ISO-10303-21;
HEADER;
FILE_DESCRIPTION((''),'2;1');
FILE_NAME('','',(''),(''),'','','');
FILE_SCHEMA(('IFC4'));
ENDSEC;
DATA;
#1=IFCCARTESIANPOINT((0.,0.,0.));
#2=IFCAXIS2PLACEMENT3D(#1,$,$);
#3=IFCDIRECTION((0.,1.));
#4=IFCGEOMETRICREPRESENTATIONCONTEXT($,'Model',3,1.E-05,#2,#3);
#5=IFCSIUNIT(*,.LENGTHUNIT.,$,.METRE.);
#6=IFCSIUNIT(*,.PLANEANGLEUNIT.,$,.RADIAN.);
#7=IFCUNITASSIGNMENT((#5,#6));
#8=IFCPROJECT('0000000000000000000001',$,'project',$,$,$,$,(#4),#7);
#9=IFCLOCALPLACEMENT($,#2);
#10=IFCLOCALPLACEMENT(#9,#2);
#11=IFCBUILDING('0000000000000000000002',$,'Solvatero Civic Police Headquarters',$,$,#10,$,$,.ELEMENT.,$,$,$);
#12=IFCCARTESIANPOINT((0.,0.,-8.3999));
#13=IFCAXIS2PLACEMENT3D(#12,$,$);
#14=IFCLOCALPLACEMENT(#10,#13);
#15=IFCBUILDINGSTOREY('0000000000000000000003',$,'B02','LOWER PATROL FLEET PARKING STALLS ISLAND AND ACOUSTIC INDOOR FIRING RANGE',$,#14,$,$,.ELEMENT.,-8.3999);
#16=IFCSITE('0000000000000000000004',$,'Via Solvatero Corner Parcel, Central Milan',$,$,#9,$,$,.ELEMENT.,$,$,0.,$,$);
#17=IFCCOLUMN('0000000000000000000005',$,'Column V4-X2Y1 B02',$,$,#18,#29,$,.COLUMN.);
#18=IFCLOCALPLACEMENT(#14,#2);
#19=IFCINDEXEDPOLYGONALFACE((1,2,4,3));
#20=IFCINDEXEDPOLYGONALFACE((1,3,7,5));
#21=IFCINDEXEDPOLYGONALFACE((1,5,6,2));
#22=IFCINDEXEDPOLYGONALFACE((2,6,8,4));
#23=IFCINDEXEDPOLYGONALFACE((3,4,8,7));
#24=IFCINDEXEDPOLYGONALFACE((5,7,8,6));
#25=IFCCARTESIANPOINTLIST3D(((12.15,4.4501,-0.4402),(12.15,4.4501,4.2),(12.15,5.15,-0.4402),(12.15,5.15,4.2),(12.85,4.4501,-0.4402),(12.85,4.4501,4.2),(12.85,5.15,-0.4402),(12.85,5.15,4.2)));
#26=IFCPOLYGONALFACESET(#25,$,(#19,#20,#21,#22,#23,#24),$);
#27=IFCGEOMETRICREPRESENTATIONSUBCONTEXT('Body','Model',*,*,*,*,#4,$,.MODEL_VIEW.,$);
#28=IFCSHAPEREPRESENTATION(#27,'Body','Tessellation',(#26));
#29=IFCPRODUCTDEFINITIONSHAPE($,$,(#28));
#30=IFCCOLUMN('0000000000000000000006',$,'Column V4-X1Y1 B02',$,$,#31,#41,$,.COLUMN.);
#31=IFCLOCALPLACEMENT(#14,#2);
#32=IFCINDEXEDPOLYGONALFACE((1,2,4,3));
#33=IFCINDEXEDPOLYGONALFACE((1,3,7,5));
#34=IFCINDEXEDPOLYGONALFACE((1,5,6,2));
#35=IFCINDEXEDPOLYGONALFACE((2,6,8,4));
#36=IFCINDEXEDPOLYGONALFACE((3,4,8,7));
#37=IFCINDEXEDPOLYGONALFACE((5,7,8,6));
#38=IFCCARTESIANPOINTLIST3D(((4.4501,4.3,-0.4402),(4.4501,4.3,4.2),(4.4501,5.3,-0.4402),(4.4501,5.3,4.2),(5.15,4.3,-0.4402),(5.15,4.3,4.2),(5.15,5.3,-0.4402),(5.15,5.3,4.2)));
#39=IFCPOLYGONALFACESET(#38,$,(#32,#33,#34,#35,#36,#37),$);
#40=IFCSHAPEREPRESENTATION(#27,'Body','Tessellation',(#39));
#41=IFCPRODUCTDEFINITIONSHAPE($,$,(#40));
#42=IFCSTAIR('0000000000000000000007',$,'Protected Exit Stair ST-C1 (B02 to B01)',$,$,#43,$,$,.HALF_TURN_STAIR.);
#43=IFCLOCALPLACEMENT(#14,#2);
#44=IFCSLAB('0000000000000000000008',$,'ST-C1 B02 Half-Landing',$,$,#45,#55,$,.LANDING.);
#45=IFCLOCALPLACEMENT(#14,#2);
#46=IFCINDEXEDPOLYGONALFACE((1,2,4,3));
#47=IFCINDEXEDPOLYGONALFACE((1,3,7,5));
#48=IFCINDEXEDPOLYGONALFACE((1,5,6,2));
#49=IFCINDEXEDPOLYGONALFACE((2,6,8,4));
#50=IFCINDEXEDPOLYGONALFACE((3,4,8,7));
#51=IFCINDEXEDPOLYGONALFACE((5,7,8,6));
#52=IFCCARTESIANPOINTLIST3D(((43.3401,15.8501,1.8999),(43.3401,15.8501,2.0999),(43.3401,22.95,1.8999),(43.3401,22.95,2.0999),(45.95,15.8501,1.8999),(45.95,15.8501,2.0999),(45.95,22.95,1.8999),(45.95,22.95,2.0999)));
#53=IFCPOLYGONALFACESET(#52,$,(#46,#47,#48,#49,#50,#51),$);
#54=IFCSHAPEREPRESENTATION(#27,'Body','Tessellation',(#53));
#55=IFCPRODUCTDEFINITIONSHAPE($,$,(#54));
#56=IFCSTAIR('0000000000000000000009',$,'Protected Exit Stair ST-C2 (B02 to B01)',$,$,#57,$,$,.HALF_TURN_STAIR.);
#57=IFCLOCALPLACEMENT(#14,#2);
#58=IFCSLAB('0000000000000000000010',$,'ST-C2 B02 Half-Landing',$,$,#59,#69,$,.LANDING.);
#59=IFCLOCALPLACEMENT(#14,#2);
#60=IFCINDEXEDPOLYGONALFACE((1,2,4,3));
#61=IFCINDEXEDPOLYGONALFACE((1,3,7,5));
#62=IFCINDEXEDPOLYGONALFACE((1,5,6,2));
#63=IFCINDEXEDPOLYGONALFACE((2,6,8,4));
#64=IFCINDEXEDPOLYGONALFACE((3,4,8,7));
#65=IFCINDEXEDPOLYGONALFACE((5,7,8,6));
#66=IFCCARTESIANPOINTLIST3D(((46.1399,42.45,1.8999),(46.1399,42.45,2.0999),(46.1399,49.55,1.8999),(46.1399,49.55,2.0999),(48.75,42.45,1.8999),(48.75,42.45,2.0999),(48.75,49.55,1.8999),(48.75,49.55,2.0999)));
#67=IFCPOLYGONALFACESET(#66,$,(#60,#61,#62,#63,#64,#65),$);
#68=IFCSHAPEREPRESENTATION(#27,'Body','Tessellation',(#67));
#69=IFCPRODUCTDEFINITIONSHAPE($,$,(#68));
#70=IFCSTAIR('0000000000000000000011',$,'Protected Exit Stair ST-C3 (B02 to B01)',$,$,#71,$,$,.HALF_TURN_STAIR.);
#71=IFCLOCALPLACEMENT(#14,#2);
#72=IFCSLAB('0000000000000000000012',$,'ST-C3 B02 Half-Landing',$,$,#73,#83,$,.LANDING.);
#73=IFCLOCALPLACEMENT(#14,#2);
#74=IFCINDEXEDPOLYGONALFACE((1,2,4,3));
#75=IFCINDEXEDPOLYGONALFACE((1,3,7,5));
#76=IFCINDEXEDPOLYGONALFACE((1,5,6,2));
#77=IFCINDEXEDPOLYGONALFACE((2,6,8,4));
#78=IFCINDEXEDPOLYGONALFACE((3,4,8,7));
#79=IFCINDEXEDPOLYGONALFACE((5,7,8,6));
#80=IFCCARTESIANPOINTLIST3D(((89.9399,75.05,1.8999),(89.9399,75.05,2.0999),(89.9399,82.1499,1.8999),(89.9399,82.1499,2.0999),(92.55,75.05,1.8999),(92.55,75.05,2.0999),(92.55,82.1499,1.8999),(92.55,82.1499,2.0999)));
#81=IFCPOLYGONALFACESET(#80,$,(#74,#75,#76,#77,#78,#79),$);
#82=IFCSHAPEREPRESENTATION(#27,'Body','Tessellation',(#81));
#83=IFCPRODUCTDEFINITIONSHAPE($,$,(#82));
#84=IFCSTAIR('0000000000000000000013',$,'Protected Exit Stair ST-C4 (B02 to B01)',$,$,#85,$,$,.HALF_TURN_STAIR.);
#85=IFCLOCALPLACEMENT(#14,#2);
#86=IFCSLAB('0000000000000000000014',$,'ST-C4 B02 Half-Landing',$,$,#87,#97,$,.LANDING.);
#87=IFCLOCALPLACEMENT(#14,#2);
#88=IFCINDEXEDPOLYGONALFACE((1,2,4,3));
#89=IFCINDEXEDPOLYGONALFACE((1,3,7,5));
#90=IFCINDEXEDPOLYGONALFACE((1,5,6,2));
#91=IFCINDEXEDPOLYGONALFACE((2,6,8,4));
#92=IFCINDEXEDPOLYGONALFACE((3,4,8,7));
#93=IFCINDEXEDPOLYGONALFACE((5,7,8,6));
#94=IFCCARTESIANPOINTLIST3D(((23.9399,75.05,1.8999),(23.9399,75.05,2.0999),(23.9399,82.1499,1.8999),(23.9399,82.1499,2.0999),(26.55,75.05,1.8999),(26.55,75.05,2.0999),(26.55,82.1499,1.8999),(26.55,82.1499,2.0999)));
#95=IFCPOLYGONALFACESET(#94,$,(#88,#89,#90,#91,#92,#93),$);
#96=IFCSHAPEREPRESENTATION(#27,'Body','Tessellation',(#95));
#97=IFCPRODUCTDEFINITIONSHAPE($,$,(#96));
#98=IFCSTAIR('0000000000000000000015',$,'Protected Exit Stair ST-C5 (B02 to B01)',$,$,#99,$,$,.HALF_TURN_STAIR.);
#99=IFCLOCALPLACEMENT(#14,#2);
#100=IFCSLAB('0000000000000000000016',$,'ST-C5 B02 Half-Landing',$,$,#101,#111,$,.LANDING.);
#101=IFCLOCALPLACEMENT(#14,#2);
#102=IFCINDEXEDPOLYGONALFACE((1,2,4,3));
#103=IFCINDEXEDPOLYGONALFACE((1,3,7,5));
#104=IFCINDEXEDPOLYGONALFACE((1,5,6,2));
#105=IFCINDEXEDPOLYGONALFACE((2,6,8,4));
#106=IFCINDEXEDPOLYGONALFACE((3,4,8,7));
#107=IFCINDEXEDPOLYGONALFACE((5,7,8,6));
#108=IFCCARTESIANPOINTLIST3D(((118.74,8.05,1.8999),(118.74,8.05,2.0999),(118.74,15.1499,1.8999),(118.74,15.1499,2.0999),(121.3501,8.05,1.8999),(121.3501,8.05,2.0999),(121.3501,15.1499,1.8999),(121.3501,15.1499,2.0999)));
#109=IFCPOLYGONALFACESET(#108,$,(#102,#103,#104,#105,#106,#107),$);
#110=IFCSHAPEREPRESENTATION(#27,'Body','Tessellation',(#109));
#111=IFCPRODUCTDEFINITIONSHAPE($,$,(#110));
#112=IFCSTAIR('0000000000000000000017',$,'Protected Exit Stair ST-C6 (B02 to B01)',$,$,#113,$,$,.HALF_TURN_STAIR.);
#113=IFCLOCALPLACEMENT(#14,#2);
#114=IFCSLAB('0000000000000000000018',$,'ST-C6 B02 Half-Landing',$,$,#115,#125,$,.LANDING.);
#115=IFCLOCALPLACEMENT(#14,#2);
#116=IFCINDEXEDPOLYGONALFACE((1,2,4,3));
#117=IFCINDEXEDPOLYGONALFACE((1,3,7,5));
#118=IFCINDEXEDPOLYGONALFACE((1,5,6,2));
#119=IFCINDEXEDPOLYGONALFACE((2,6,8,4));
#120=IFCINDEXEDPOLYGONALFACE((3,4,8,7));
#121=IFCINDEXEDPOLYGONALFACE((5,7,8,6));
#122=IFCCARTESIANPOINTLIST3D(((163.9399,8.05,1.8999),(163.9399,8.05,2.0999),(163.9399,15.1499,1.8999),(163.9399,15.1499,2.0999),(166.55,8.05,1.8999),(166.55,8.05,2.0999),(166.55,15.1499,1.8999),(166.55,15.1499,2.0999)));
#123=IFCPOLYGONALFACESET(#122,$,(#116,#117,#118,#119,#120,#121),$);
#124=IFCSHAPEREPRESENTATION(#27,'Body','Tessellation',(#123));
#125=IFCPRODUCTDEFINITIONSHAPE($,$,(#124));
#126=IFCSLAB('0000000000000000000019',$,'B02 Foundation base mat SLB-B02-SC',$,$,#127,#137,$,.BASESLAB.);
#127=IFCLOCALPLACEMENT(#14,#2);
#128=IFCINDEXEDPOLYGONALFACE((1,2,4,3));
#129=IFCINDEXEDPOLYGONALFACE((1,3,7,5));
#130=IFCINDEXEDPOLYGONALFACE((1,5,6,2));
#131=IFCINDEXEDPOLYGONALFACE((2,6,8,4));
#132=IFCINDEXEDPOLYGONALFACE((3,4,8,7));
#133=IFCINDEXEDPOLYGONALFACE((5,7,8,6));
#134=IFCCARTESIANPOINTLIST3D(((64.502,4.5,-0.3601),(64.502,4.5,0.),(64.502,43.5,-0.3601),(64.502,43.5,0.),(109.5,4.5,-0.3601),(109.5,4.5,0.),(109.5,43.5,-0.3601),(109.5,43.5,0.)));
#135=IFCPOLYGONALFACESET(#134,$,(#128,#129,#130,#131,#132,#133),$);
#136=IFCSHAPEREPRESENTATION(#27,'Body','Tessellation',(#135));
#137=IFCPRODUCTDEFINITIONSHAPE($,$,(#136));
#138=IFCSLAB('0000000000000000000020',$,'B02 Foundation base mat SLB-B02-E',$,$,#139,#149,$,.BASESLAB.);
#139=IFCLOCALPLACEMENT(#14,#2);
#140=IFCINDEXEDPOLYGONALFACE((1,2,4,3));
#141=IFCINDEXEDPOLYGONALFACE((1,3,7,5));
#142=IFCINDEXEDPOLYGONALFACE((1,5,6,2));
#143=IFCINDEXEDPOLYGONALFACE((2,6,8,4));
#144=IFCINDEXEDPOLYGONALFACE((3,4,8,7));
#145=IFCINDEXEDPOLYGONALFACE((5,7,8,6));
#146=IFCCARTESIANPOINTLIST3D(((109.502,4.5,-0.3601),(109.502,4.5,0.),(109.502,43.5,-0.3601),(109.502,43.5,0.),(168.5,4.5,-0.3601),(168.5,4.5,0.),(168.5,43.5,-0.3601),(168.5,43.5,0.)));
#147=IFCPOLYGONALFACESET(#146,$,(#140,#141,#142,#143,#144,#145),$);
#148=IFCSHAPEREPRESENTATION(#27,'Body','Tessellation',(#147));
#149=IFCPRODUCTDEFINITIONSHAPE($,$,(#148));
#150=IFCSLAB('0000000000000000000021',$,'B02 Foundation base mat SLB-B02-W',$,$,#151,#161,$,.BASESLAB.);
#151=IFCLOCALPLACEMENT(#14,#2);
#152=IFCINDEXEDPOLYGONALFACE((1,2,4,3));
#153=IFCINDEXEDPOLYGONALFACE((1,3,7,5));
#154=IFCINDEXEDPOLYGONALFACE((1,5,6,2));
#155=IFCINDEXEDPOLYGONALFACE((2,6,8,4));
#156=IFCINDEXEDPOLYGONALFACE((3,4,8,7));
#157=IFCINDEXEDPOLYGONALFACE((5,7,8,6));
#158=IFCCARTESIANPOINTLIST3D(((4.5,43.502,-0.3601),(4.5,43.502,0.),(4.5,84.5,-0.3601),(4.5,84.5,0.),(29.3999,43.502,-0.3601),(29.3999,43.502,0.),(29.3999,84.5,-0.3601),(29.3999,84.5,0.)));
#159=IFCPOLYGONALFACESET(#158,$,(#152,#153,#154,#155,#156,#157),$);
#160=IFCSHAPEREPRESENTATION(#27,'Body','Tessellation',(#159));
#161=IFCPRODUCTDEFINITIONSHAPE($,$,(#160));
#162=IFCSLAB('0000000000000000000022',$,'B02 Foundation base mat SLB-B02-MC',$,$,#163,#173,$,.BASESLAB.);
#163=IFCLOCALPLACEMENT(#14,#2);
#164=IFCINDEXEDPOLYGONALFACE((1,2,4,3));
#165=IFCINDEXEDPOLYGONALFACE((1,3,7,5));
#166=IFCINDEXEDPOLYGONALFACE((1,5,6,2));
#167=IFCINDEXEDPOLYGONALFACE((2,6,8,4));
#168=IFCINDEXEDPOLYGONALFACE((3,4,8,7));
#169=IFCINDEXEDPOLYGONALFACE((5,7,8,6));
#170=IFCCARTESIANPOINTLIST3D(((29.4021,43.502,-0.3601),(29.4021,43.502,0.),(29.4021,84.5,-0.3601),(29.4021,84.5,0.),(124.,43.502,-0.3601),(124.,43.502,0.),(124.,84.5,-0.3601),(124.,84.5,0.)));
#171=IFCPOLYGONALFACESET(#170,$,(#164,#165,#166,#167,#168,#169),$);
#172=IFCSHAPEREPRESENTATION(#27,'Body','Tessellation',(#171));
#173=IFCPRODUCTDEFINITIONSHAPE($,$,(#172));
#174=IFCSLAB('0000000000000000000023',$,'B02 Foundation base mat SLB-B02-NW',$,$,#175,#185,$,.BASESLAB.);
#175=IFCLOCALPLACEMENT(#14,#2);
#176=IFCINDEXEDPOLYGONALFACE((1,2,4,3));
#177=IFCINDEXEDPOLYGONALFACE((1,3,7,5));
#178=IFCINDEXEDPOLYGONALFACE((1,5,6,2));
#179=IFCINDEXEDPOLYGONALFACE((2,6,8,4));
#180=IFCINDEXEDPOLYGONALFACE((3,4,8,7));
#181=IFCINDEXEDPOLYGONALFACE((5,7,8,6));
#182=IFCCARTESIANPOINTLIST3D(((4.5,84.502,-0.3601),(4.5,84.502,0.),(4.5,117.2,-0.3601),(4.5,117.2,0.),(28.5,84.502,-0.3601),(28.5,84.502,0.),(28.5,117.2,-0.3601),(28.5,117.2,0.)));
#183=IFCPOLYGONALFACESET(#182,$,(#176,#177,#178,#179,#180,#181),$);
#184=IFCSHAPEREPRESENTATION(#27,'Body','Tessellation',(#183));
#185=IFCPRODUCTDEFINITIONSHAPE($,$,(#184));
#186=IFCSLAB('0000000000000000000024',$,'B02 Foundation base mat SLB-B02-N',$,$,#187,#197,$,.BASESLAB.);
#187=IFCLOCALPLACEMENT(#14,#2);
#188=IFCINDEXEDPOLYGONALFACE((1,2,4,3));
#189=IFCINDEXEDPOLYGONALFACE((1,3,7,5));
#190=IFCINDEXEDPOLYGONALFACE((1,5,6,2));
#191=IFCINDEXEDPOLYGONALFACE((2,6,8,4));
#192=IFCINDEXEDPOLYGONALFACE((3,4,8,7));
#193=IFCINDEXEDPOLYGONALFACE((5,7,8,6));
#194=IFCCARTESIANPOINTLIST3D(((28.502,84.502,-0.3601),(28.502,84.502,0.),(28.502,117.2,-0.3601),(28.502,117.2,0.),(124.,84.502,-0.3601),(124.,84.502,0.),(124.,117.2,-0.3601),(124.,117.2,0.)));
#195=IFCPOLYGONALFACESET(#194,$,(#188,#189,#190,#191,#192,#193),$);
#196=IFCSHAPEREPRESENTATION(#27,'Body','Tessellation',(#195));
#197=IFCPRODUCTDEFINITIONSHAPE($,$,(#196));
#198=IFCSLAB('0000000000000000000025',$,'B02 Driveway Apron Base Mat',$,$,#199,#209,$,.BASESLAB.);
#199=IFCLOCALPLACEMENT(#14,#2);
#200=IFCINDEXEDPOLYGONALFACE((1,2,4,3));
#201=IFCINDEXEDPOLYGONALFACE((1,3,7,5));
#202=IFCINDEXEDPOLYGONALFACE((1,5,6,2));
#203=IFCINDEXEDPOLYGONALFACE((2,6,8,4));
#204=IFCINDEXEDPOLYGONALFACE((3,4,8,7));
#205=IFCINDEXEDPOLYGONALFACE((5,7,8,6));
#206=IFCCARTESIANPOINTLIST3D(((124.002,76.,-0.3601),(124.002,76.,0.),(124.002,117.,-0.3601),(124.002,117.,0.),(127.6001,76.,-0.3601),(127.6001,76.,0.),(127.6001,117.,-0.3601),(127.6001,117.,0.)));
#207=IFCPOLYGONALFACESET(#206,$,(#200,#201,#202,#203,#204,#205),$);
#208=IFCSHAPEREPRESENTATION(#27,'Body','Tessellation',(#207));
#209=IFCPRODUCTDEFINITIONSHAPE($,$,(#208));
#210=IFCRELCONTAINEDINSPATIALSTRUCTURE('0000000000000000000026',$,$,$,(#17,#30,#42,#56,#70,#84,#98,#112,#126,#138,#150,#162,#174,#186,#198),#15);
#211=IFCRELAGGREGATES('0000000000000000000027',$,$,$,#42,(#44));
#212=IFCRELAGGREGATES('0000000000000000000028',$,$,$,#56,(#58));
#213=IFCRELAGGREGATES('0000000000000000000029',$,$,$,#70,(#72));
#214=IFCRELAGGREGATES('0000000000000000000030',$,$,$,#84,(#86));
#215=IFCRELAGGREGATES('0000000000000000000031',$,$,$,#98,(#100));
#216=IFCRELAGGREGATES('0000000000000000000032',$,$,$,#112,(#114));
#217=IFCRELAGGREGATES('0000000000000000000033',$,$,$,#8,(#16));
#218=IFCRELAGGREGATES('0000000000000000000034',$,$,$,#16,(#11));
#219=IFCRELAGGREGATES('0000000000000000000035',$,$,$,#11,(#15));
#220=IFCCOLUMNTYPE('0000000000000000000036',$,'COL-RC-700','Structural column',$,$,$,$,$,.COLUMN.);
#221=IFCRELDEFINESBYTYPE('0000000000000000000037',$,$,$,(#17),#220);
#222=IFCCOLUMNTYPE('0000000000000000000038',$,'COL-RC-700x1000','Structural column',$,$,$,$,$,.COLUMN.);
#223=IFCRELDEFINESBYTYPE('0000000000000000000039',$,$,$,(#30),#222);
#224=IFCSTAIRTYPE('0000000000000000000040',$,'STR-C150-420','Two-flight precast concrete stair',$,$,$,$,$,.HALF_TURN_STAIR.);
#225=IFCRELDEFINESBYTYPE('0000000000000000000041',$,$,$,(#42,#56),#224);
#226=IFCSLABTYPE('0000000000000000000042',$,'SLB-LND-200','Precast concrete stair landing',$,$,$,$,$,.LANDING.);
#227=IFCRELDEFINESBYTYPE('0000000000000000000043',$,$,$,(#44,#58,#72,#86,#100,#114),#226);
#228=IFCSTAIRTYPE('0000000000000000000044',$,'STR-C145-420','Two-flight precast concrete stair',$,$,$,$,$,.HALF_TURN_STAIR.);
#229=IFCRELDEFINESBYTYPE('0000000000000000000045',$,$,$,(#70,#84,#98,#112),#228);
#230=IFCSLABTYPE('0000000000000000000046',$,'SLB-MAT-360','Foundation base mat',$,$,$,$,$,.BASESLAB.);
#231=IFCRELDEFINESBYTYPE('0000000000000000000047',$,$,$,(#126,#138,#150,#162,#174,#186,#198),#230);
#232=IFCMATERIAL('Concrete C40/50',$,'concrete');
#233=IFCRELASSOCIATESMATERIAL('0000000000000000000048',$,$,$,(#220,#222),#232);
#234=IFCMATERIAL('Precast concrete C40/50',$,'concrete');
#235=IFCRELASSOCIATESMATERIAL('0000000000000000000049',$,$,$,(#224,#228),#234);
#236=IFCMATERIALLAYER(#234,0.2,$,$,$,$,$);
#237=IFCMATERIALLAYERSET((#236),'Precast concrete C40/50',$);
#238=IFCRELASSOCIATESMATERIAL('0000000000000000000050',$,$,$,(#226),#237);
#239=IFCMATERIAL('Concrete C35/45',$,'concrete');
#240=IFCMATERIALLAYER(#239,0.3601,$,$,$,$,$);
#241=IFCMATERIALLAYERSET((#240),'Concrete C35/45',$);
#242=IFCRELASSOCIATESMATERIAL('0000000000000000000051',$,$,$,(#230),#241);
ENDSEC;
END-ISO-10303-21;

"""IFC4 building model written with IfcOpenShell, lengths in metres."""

from ifc_helpers import new_model, si_unit, direction, frame, origin, origin_2d, place, context, subcontext, project, spatial, polyline, rectangle, outline, extrude, material, layer, layer_set, material_profile, profile_set, type_object, element, aggregate, save


model = new_model("IFC4")

# Units and contexts
model_context = context("Model", 3, precision=1e-05, world=origin(), true_north=direction((0.0, 1.0)))
body_context = subcontext(model_context, "Body", "Model", "MODEL_VIEW")
ifc_project = project(units=[si_unit("LENGTHUNIT", "METRE"), si_unit("PLANEANGLEUNIT", "RADIAN")], contexts=[model_context])

# Site, building, storey
site_placement = place(None, origin())
site = spatial("IfcSite", under=ifc_project, at=site_placement, Name="Via Solvatero Corner Parcel, Central Milan", CompositionType="ELEMENT", RefElevation=0.0)
building_placement = place(site_placement, origin())
building = spatial("IfcBuilding", under=site, at=building_placement, Name="Solvatero Civic Police Headquarters", CompositionType="ELEMENT")
storey_placement = place(building_placement, frame((0.0, 0.0, -8.3999)))
storey = spatial("IfcBuildingStorey", under=building, at=storey_placement, Name="B02", Description="LOWER PATROL FLEET PARKING STALLS ISLAND AND ACOUSTIC INDOOR FIRING RANGE", CompositionType="ELEMENT", Elevation=-8.3999)

# Shared definitions
ifc_material_1 = material(Name="Concrete C35/45", Category="concrete")

# Columns
ifc_material_2 = material(Name="Concrete C40/50", Category="concrete")
ifc_material_profile_1 = material_profile(ifc_material_2, rectangle(XDim=0.7, YDim=0.7, at=origin_2d()), Name="RC 700x700")
ifc_profile_set_1 = profile_set([ifc_material_profile_1], Name="Concrete C40/50")
column_type_1 = type_object("IfcColumnType", Name="COL-RC-700", Description="Structural column", PredefinedType="COLUMN", material=ifc_profile_set_1)
column_1_placement = place(storey_placement, frame((12.5, 4.8, -0.4402), z_axis=(0.0, 0.0, 1.0), x_axis=(1.0, 0.0, 0.0)))
element("IfcColumn", 1, at=column_1_placement, inside=storey, type_object=column_type_1, Name="Column V4-X2Y1 B02", PredefinedType="COLUMN", context=body_context, shape_type="SweptSolid", body=[
    extrude(rectangle(XDim=0.7, YDim=0.7, at=origin_2d()), origin(), (0.0, 0.0, 1.0), 4.6401),
])
ifc_material_profile_2 = material_profile(ifc_material_2, rectangle(XDim=0.7, YDim=1.0, at=origin_2d()), Name="RC 700x1000")
ifc_profile_set_2 = profile_set([ifc_material_profile_2], Name="Concrete C40/50")
column_type_2 = type_object("IfcColumnType", Name="COL-RC-700x1000", Description="Structural column", PredefinedType="COLUMN", material=ifc_profile_set_2)
column_2_placement = place(storey_placement, frame((4.8, 4.8, -0.4402), z_axis=(0.0, 0.0, 1.0), x_axis=(1.0, 0.0, 0.0)))
element("IfcColumn", 2, at=column_2_placement, inside=storey, type_object=column_type_2, Name="Column V4-X1Y1 B02", PredefinedType="COLUMN", context=body_context, shape_type="SweptSolid", body=[
    extrude(rectangle(XDim=0.7, YDim=1.0, at=origin_2d()), origin(), (0.0, 0.0, 1.0), 4.6401),
])

# Stairs, slabs
ifc_material_3 = material(Name="Precast concrete C40/50", Category="concrete")
stair_type_1 = type_object("IfcStairType", Name="STR-C150-420", Description="Two-flight precast concrete stair", PredefinedType="HALF_TURN_STAIR", material=ifc_material_3)
stair_1_placement = place(storey_placement, origin())
stair_1 = element("IfcStair", 3, at=stair_1_placement, inside=storey, type_object=stair_type_1, Name="Protected Exit Stair ST-C1 (B02 to B01)", PredefinedType="HALF_TURN_STAIR")
ifc_layer_1 = layer(ifc_material_3, 0.2)
ifc_layer_set_1 = layer_set([ifc_layer_1], Name="Precast concrete C40/50")
slab_type_1 = type_object("IfcSlabType", Name="SLB-LND-200", Description="Precast concrete stair landing", PredefinedType="LANDING", material=ifc_layer_set_1)
slab_1_placement = place(storey_placement, frame((0.0, 0.0, 1.8999)))
slab_1 = element("IfcSlab", 4, at=slab_1_placement, type_object=slab_type_1, Name="ST-C1 B02 Half-Landing", PredefinedType="LANDING", context=body_context, shape_type="SweptSolid", body=[
    extrude(outline(polyline([(43.3401, 15.8501), (45.95, 15.8501), (45.95, 22.95), (43.3401, 22.95), (43.3401, 15.8501)])), origin(), (0.0, 0.0, 1.0), 0.2),
])
aggregate(stair_1, [slab_1])
stair_2_placement = place(storey_placement, origin())
stair_2 = element("IfcStair", 5, at=stair_2_placement, inside=storey, type_object=stair_type_1, Name="Protected Exit Stair ST-C2 (B02 to B01)", PredefinedType="HALF_TURN_STAIR")
slab_2_placement = place(storey_placement, frame((0.0, 0.0, 1.8999)))
slab_2 = element("IfcSlab", 6, at=slab_2_placement, type_object=slab_type_1, Name="ST-C2 B02 Half-Landing", PredefinedType="LANDING", context=body_context, shape_type="SweptSolid", body=[
    extrude(outline(polyline([(46.1399, 42.45), (48.75, 42.45), (48.75, 49.55), (46.1399, 49.55), (46.1399, 42.45)])), origin(), (0.0, 0.0, 1.0), 0.2),
])
aggregate(stair_2, [slab_2])
stair_type_2 = type_object("IfcStairType", Name="STR-C145-420", Description="Two-flight precast concrete stair", PredefinedType="HALF_TURN_STAIR", material=ifc_material_3)
stair_3_placement = place(storey_placement, origin())
stair_3 = element("IfcStair", 7, at=stair_3_placement, inside=storey, type_object=stair_type_2, Name="Protected Exit Stair ST-C3 (B02 to B01)", PredefinedType="HALF_TURN_STAIR")
slab_3_placement = place(storey_placement, frame((0.0, 0.0, 1.8999)))
slab_3 = element("IfcSlab", 8, at=slab_3_placement, type_object=slab_type_1, Name="ST-C3 B02 Half-Landing", PredefinedType="LANDING", context=body_context, shape_type="SweptSolid", body=[
    extrude(outline(polyline([(89.9399, 75.05), (92.55, 75.05), (92.55, 82.1499), (89.9399, 82.1499), (89.9399, 75.05)])), origin(), (0.0, 0.0, 1.0), 0.2),
])
aggregate(stair_3, [slab_3])
stair_4_placement = place(storey_placement, origin())
stair_4 = element("IfcStair", 9, at=stair_4_placement, inside=storey, type_object=stair_type_2, Name="Protected Exit Stair ST-C4 (B02 to B01)", PredefinedType="HALF_TURN_STAIR")
slab_4_placement = place(storey_placement, frame((0.0, 0.0, 1.8999)))
slab_4 = element("IfcSlab", 10, at=slab_4_placement, type_object=slab_type_1, Name="ST-C4 B02 Half-Landing", PredefinedType="LANDING", context=body_context, shape_type="SweptSolid", body=[
    extrude(outline(polyline([(23.9399, 75.05), (26.55, 75.05), (26.55, 82.1499), (23.9399, 82.1499), (23.9399, 75.05)])), origin(), (0.0, 0.0, 1.0), 0.2),
])
aggregate(stair_4, [slab_4])
stair_5_placement = place(storey_placement, origin())
stair_5 = element("IfcStair", 11, at=stair_5_placement, inside=storey, type_object=stair_type_2, Name="Protected Exit Stair ST-C5 (B02 to B01)", PredefinedType="HALF_TURN_STAIR")
slab_5_placement = place(storey_placement, frame((0.0, 0.0, 1.8999)))
slab_5 = element("IfcSlab", 12, at=slab_5_placement, type_object=slab_type_1, Name="ST-C5 B02 Half-Landing", PredefinedType="LANDING", context=body_context, shape_type="SweptSolid", body=[
    extrude(outline(polyline([(118.74, 8.05), (121.3501, 8.05), (121.3501, 15.1499), (118.74, 15.1499), (118.74, 8.05)])), origin(), (0.0, 0.0, 1.0), 0.2),
])
aggregate(stair_5, [slab_5])
stair_6_placement = place(storey_placement, origin())
stair_6 = element("IfcStair", 13, at=stair_6_placement, inside=storey, type_object=stair_type_2, Name="Protected Exit Stair ST-C6 (B02 to B01)", PredefinedType="HALF_TURN_STAIR")
slab_6_placement = place(storey_placement, frame((0.0, 0.0, 1.8999)))
slab_6 = element("IfcSlab", 14, at=slab_6_placement, type_object=slab_type_1, Name="ST-C6 B02 Half-Landing", PredefinedType="LANDING", context=body_context, shape_type="SweptSolid", body=[
    extrude(outline(polyline([(163.9399, 8.05), (166.55, 8.05), (166.55, 15.1499), (163.9399, 15.1499), (163.9399, 8.05)])), origin(), (0.0, 0.0, 1.0), 0.2),
])
aggregate(stair_6, [slab_6])

# Slabs
ifc_layer_2 = layer(ifc_material_1, 0.3601)
ifc_layer_set_2 = layer_set([ifc_layer_2], Name="Concrete C35/45")
slab_type_2 = type_object("IfcSlabType", Name="SLB-MAT-360", Description="Foundation base mat", PredefinedType="BASESLAB", material=ifc_layer_set_2)
slab_7_placement = place(storey_placement, frame((0.0, 0.0, -0.3601)))
element("IfcSlab", 15, at=slab_7_placement, inside=storey, type_object=slab_type_2, Name="B02 Foundation base mat SLB-B02-SC", PredefinedType="BASESLAB", context=body_context, shape_type="SweptSolid", body=[
    extrude(outline(polyline([(109.5, 43.5), (109.5, 4.5), (64.502, 4.5), (64.502, 43.5), (109.5, 43.5)])), origin(), (0.0, 0.0, 1.0), 0.3601),
])
slab_8_placement = place(storey_placement, frame((0.0, 0.0, -0.3601)))
element("IfcSlab", 16, at=slab_8_placement, inside=storey, type_object=slab_type_2, Name="B02 Foundation base mat SLB-B02-E", PredefinedType="BASESLAB", context=body_context, shape_type="SweptSolid", body=[
    extrude(outline(polyline([(168.5, 43.5), (168.5, 4.5), (109.502, 4.5), (109.502, 43.5), (168.5, 43.5)])), origin(), (0.0, 0.0, 1.0), 0.3601),
])
slab_9_placement = place(storey_placement, frame((0.0, 0.0, -0.3601)))
element("IfcSlab", 17, at=slab_9_placement, inside=storey, type_object=slab_type_2, Name="B02 Foundation base mat SLB-B02-W", PredefinedType="BASESLAB", context=body_context, shape_type="SweptSolid", body=[
    extrude(outline(polyline([(4.5, 84.5), (29.3999, 84.5), (29.3999, 43.502), (4.5, 43.502), (4.5, 84.5)])), origin(), (0.0, 0.0, 1.0), 0.3601),
])
slab_10_placement = place(storey_placement, frame((0.0, 0.0, -0.3601)))
element("IfcSlab", 18, at=slab_10_placement, inside=storey, type_object=slab_type_2, Name="B02 Foundation base mat SLB-B02-MC", PredefinedType="BASESLAB", context=body_context, shape_type="SweptSolid", body=[
    extrude(outline(polyline([(124.0, 84.5), (124.0, 43.502), (29.4021, 43.502), (29.4021, 84.5), (124.0, 84.5)])), origin(), (0.0, 0.0, 1.0), 0.3601),
])
slab_11_placement = place(storey_placement, frame((0.0, 0.0, -0.3601)))
element("IfcSlab", 19, at=slab_11_placement, inside=storey, type_object=slab_type_2, Name="B02 Foundation base mat SLB-B02-NW", PredefinedType="BASESLAB", context=body_context, shape_type="SweptSolid", body=[
    extrude(outline(polyline([(4.5, 117.2), (28.5, 117.2), (28.5, 84.502), (4.5, 84.502), (4.5, 117.2)])), origin(), (0.0, 0.0, 1.0), 0.3601),
])
slab_12_placement = place(storey_placement, frame((0.0, 0.0, -0.3601)))
element("IfcSlab", 20, at=slab_12_placement, inside=storey, type_object=slab_type_2, Name="B02 Foundation base mat SLB-B02-N", PredefinedType="BASESLAB", context=body_context, shape_type="SweptSolid", body=[
    extrude(outline(polyline([(124.0, 117.2), (124.0, 84.502), (28.502, 84.502), (28.502, 117.2), (124.0, 117.2)])), origin(), (0.0, 0.0, 1.0), 0.3601),
])
slab_13_placement = place(storey_placement, frame((0.0, 0.0, -0.3601)))
element("IfcSlab", 21, at=slab_13_placement, inside=storey, type_object=slab_type_2, Name="B02 Driveway Apron Base Mat", PredefinedType="BASESLAB", context=body_context, shape_type="SweptSolid", body=[
    extrude(outline(polyline([(127.6001, 117.0), (127.6001, 76.0), (124.002, 76.0), (124.002, 117.0), (127.6001, 117.0)])), origin(), (0.0, 0.0, 1.0), 0.3601),
])

save(model, "model.ifc")
